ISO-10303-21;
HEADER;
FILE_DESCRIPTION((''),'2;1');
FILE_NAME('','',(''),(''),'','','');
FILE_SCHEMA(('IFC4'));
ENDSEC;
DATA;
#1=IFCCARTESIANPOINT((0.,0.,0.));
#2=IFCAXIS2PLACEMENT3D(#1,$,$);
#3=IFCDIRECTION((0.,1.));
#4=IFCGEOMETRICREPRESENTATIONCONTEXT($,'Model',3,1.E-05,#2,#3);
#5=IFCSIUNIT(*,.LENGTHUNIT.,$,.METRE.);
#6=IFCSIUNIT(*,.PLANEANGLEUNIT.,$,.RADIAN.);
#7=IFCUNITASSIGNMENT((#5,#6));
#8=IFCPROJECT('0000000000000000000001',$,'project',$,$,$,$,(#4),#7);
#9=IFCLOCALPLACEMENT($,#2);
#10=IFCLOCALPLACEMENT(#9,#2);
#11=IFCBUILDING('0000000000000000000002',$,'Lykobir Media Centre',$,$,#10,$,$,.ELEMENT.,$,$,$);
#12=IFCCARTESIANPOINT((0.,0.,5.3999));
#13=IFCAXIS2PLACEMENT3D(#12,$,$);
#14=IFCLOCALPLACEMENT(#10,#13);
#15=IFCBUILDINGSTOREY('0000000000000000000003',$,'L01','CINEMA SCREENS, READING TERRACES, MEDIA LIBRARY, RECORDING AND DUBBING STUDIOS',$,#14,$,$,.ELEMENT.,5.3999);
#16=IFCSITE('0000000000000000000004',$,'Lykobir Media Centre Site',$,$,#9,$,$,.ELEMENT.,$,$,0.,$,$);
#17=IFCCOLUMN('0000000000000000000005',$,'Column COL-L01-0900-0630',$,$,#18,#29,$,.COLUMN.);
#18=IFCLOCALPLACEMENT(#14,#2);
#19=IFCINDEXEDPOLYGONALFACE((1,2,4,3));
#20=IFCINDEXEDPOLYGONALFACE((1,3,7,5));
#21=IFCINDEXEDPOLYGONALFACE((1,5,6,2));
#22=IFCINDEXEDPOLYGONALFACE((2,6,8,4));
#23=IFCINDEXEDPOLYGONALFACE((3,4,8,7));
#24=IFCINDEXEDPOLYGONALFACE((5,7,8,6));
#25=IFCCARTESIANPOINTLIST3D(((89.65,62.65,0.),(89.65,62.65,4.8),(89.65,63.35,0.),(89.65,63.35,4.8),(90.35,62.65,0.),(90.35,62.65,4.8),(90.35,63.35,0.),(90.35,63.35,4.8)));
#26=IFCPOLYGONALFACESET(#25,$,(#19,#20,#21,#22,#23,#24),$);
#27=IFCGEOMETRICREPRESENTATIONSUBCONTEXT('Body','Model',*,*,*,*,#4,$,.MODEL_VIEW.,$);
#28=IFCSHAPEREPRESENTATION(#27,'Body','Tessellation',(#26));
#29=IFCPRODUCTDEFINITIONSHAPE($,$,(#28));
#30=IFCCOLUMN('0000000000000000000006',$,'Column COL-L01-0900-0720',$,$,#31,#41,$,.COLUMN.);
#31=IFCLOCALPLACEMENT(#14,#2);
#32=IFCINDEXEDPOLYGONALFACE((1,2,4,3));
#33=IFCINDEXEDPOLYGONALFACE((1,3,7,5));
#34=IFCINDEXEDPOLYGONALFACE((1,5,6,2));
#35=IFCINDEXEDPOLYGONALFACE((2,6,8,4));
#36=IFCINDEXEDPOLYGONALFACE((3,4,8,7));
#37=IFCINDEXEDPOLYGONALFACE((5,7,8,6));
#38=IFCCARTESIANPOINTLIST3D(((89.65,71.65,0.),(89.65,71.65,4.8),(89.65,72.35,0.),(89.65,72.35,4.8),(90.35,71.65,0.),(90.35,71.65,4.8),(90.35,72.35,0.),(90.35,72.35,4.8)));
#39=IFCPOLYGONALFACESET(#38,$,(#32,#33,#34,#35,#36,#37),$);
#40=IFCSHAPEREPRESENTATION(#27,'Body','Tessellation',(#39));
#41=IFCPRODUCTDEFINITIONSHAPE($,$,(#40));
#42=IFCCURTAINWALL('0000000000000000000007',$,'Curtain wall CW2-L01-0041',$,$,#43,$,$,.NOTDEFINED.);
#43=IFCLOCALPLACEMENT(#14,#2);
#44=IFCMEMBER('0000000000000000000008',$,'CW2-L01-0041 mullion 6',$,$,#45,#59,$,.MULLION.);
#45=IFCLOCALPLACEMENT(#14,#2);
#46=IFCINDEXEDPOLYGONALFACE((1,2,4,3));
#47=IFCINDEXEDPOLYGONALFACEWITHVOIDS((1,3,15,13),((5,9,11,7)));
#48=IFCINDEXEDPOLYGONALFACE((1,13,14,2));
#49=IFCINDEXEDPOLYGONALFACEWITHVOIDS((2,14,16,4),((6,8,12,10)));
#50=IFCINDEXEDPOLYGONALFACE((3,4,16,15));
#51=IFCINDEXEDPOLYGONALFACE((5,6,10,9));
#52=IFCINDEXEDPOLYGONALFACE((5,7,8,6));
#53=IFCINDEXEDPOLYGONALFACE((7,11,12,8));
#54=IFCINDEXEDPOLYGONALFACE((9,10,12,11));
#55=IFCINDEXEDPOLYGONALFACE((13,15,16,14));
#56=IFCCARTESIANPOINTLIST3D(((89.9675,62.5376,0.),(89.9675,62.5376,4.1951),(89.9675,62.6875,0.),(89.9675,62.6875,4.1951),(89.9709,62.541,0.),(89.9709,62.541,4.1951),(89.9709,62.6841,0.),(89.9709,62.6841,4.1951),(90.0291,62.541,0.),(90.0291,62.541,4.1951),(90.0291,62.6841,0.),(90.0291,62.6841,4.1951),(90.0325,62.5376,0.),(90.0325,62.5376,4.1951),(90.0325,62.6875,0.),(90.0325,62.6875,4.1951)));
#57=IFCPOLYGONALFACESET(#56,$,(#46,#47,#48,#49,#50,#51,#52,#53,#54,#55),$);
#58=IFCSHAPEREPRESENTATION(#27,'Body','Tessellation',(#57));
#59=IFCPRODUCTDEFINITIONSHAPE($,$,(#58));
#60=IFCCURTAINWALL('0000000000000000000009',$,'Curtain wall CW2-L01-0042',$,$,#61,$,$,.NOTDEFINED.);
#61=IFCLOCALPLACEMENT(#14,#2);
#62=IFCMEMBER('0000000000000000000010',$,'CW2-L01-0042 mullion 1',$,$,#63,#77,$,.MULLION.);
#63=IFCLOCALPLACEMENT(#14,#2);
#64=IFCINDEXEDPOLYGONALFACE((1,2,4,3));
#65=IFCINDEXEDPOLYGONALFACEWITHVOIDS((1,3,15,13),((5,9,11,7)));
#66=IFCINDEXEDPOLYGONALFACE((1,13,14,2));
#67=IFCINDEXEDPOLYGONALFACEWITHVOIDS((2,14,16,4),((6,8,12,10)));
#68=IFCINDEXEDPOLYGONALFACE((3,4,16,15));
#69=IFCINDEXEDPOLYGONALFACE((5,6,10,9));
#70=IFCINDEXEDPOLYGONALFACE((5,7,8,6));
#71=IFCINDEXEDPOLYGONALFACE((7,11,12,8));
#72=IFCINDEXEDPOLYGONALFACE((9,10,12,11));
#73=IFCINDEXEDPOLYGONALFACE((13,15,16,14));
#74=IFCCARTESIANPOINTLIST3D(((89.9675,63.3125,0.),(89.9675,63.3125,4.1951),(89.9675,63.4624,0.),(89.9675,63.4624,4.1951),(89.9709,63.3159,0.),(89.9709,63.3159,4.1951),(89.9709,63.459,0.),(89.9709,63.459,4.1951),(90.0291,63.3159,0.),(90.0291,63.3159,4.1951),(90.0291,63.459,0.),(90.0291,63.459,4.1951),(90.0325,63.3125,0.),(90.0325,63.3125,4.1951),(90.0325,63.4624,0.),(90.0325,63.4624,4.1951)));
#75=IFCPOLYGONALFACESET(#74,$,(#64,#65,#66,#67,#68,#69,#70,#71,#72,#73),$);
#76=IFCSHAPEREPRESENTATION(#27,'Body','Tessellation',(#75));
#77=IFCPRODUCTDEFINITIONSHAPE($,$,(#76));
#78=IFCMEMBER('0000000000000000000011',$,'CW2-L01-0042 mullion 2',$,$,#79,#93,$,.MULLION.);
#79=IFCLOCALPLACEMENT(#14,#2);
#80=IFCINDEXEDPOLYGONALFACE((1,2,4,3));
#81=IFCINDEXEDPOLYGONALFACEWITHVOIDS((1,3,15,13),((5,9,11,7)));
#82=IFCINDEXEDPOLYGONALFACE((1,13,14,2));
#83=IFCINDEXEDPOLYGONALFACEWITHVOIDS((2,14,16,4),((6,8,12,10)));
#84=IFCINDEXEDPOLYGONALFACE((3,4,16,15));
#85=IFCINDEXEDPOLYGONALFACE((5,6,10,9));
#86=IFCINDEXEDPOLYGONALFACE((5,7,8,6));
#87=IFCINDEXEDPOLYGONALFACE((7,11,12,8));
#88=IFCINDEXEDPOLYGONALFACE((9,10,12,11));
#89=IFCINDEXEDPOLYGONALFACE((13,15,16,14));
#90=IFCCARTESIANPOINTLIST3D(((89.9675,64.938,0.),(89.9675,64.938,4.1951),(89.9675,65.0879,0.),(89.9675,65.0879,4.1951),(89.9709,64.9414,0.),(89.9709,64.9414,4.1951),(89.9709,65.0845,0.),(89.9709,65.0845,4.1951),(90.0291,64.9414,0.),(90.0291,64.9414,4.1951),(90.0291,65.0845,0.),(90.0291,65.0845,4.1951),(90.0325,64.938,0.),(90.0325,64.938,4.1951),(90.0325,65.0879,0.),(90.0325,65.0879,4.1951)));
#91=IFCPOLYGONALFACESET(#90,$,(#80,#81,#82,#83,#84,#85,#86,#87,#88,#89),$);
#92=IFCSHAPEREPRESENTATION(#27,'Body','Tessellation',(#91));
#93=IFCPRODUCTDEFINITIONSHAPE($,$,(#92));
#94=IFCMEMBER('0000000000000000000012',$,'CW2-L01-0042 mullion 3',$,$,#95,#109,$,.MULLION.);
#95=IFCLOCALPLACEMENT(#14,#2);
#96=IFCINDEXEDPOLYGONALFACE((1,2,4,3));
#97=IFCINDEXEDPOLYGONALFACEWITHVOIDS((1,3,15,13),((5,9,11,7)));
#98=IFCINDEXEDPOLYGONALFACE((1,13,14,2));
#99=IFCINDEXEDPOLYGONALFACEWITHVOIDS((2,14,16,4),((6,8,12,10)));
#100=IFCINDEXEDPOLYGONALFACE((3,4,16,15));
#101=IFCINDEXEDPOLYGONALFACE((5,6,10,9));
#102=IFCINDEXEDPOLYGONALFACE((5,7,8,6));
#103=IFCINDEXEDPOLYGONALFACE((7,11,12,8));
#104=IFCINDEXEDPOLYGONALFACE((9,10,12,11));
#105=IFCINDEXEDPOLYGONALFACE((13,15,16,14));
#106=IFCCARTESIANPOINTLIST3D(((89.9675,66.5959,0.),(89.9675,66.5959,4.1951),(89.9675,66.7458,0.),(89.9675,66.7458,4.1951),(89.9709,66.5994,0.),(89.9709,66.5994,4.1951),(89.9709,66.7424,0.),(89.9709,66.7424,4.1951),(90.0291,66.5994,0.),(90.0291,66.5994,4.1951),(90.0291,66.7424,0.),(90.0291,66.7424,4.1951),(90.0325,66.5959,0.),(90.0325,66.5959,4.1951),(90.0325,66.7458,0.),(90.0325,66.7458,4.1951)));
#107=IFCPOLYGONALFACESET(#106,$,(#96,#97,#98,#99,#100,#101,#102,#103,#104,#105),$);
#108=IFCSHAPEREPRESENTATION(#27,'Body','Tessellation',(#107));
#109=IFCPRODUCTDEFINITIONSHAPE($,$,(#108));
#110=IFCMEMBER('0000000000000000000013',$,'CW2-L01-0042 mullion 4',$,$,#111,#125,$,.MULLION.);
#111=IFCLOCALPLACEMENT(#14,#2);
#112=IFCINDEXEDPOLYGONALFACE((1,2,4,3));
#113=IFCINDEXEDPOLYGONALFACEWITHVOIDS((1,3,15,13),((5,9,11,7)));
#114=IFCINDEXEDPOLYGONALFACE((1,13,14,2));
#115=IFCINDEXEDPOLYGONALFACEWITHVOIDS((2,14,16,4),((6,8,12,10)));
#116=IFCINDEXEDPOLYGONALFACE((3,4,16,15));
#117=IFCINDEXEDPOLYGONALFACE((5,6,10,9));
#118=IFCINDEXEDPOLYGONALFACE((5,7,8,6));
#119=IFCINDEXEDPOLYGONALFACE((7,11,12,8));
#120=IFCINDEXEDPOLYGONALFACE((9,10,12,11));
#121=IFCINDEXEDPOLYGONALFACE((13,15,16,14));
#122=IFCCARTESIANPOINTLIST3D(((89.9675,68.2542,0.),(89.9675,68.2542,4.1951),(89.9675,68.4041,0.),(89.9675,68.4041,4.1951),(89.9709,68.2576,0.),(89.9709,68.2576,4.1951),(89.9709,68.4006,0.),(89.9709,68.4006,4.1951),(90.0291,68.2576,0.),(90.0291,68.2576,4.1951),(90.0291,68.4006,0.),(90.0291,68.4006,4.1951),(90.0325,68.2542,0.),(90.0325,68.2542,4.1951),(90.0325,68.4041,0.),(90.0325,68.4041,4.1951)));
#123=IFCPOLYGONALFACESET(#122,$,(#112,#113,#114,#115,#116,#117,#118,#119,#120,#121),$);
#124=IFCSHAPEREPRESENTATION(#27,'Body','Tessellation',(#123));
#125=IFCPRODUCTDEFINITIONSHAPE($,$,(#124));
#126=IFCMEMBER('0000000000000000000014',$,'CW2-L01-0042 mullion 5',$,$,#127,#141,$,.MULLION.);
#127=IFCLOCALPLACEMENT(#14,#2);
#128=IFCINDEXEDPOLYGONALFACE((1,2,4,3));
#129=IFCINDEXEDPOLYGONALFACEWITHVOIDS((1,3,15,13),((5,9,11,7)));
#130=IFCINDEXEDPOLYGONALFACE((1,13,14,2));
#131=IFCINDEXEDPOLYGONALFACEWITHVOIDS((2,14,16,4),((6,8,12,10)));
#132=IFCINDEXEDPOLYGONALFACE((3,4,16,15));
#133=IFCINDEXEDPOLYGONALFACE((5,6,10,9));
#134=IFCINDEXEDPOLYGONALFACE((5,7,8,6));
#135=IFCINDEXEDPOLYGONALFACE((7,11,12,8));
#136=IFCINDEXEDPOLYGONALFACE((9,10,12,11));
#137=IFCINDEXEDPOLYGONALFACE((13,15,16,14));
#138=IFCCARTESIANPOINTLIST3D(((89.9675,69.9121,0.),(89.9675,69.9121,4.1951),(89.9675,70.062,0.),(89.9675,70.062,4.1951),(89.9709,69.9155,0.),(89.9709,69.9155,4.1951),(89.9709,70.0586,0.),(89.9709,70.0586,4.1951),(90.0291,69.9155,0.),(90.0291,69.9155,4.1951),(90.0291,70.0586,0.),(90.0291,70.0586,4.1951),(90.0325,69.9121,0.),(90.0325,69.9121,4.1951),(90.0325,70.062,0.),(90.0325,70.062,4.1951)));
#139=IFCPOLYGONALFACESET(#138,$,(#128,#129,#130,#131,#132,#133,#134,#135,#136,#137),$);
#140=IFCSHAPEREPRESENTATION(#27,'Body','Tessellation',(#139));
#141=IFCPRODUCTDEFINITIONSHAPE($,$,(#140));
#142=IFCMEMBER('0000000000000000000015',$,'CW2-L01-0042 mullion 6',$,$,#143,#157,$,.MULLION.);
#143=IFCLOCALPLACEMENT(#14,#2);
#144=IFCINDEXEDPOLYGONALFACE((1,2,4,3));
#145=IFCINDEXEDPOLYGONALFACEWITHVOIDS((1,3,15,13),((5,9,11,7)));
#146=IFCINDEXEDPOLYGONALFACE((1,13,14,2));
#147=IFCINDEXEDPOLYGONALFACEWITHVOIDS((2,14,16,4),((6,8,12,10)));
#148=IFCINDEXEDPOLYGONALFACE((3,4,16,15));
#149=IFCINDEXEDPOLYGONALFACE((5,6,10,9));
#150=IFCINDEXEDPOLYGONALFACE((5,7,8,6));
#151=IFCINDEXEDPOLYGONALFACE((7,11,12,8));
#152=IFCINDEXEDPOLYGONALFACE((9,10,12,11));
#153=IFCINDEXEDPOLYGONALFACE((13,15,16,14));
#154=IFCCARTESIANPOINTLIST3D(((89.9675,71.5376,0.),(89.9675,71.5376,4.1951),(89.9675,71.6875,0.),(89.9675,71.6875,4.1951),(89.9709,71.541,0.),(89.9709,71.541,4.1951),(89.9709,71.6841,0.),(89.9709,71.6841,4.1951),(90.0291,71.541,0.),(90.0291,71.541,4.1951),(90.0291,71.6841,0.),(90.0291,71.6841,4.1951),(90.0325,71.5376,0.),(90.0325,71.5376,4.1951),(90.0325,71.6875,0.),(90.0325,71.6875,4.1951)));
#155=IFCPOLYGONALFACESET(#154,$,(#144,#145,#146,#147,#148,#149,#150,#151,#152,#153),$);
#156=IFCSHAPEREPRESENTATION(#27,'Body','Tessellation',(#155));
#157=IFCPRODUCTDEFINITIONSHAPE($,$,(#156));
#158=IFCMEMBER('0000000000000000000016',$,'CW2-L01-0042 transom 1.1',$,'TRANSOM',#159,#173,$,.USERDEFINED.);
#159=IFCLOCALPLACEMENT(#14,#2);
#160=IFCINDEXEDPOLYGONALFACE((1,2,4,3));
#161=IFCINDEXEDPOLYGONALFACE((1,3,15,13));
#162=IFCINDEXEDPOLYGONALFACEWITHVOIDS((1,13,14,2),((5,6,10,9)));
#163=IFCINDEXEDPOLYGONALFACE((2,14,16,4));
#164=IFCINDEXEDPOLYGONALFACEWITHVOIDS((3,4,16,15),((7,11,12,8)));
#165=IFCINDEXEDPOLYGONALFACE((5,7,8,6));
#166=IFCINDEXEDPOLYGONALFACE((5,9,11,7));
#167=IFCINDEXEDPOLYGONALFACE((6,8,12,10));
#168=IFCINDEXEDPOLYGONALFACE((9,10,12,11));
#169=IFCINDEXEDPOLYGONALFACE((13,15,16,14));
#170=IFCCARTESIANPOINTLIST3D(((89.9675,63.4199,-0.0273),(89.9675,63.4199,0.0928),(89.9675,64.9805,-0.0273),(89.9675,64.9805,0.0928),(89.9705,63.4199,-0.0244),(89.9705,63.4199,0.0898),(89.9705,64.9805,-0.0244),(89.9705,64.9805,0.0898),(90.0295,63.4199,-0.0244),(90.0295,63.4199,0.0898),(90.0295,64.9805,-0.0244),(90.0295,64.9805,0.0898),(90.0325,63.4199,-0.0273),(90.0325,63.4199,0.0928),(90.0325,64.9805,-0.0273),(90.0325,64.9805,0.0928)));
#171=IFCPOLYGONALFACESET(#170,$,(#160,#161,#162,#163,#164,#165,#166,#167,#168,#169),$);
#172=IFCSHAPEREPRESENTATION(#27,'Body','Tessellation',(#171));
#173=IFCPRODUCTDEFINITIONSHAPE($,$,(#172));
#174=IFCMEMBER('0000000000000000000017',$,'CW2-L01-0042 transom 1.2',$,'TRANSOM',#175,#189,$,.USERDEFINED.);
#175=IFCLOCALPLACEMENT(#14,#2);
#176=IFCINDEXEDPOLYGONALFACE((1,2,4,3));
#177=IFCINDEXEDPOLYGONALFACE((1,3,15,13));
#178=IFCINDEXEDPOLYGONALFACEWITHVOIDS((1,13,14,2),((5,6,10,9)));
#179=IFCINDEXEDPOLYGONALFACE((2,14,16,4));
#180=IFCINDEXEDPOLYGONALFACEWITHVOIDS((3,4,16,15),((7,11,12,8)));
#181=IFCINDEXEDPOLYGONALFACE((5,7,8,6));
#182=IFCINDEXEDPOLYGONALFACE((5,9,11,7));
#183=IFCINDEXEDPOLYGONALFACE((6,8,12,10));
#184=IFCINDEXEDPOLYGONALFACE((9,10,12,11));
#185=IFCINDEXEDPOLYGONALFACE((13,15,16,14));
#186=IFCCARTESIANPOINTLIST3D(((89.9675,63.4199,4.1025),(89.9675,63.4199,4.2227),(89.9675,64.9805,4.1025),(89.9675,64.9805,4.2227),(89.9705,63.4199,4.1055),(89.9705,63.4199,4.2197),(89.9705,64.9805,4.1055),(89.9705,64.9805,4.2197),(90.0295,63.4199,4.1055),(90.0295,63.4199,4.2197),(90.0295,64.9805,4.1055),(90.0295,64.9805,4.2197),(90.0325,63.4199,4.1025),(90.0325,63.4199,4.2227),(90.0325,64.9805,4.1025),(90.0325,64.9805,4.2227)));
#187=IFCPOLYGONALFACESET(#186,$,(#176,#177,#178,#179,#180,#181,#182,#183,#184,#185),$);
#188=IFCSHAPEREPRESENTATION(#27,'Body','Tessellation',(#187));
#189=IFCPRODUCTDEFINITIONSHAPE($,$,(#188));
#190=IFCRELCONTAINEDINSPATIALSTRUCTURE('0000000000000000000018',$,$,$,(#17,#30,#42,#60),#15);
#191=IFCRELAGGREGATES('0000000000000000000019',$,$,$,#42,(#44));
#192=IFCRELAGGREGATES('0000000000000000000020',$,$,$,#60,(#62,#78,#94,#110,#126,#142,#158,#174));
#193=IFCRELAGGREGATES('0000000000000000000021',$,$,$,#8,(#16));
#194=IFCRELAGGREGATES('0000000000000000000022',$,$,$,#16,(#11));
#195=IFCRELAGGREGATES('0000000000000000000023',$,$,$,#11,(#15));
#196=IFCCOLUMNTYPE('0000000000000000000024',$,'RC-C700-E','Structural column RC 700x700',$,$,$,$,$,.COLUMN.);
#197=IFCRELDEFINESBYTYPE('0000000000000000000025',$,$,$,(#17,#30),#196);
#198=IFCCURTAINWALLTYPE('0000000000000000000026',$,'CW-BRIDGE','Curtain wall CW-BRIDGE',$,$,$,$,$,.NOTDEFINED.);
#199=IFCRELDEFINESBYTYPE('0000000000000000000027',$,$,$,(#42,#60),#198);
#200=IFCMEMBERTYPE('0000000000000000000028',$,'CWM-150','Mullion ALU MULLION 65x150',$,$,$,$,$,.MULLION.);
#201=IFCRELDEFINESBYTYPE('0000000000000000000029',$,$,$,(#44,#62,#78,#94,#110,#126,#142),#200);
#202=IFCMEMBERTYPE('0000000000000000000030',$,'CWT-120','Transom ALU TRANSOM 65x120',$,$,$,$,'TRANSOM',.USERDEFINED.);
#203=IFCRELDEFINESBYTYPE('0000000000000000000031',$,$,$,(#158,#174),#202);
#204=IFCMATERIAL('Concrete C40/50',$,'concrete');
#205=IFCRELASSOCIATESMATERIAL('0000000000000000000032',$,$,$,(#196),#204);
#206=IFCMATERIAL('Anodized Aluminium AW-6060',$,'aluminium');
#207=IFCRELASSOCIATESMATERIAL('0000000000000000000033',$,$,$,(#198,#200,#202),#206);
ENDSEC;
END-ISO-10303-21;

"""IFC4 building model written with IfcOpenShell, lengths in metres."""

from ifc_helpers import new_model, si_unit, direction, frame, origin, origin_2d, place, context, subcontext, project, spatial, rectangle, hollow_rectangle, extrude, material, material_profile, profile_set, type_object, element, aggregate, save


model = new_model("IFC4")

# Units and contexts
model_context = context("Model", 3, precision=1e-05, world=origin(), true_north=direction((0.0, 1.0)))
body_context = subcontext(model_context, "Body", "Model", "MODEL_VIEW")
ifc_project = project(units=[si_unit("LENGTHUNIT", "METRE"), si_unit("PLANEANGLEUNIT", "RADIAN")], contexts=[model_context])

# Site, building, storey
site_placement = place(None, origin())
site = spatial("IfcSite", under=ifc_project, at=site_placement, Name="Lykobir Media Centre Site", CompositionType="ELEMENT", RefElevation=0.0)
building_placement = place(site_placement, origin())
building = spatial("IfcBuilding", under=site, at=building_placement, Name="Lykobir Media Centre", CompositionType="ELEMENT")
storey_placement = place(building_placement, frame((0.0, 0.0, 5.3999)))
storey = spatial("IfcBuildingStorey", under=building, at=storey_placement, Name="L01", Description="CINEMA SCREENS, READING TERRACES, MEDIA LIBRARY, RECORDING AND DUBBING STUDIOS", CompositionType="ELEMENT", Elevation=5.3999)

# Columns
ifc_material_1 = material(Name="Concrete C40/50", Category="concrete")
ifc_material_profile_1 = material_profile(ifc_material_1, rectangle(XDim=0.7, YDim=0.7, at=origin_2d()), Name="RC 700x700")
ifc_profile_set_1 = profile_set([ifc_material_profile_1], Name="Concrete C40/50")
column_type = type_object("IfcColumnType", Name="RC-C700-E", Description="Structural column RC 700x700", PredefinedType="COLUMN", material=ifc_profile_set_1)
for number, where, z_axis, x_axis, name in (
    (1, (90.0, 63.0, 0.0), (0.0, 0.0, 1.0), (1.0, 0.0, 0.0), "Column COL-L01-0900-0630"),
    (2, (90.0, 72.0, 0.0), (0.0, 0.0, 1.0), (1.0, 0.0, 0.0), "Column COL-L01-0900-0720"),
):
    element("IfcColumn", number, at=place(storey_placement, frame(where, z_axis=z_axis, x_axis=x_axis)), inside=storey, type_object=column_type, Name=name, PredefinedType="COLUMN", context=body_context, shape_type="SweptSolid", body=[
        extrude(rectangle(XDim=0.7, YDim=0.7, at=origin_2d()), origin(), (0.0, 0.0, 1.0), 4.8),
    ])

# Curtain wall, member
ifc_material_2 = material(Name="Anodized Aluminium AW-6060", Category="aluminium")
curtain_wall_type_1 = type_object("IfcCurtainWallType", Name="CW-BRIDGE", Description="Curtain wall CW-BRIDGE", PredefinedType="NOTDEFINED", material=ifc_material_2)
curtain_wall_1_placement = place(storey_placement, origin())
curtain_wall_1 = element("IfcCurtainWall", 3, at=curtain_wall_1_placement, inside=storey, type_object=curtain_wall_type_1, Name="Curtain wall CW2-L01-0041", PredefinedType="NOTDEFINED")
ifc_material_profile_2 = material_profile(ifc_material_2, hollow_rectangle(XDim=0.0649, YDim=0.1499, WallThickness=0.0034, at=origin_2d()), Name="ALU MULLION 65x150")
ifc_profile_set_2 = profile_set([ifc_material_profile_2], Name="Anodized Aluminium AW-6060")
member_type_1 = type_object("IfcMemberType", Name="CWM-150", Description="Mullion ALU MULLION 65x150", PredefinedType="MULLION", material=ifc_profile_set_2)
member_1_placement = place(storey_placement, frame((90.0, 62.6125, 0.0), z_axis=(0.0, 0.0, 1.0), x_axis=(-1.0, 0.0, 0.0)))
member_1 = element("IfcMember", 4, at=member_1_placement, type_object=member_type_1, Name="CW2-L01-0041 mullion 6", PredefinedType="MULLION", context=body_context, shape_type="SweptSolid", body=[
    extrude(hollow_rectangle(XDim=0.0649, YDim=0.1499, WallThickness=0.0034, at=origin_2d()), origin(), (0.0, 0.0, 1.0), 4.1951),
])
aggregate(curtain_wall_1, [member_1])

# Curtain wall, members
curtain_wall_2_placement = place(storey_placement, origin())
curtain_wall_2 = element("IfcCurtainWall", 5, at=curtain_wall_2_placement, inside=storey, type_object=curtain_wall_type_1, Name="Curtain wall CW2-L01-0042", PredefinedType="NOTDEFINED")
member_2_placement = place(storey_placement, frame((90.0, 63.3875, 0.0), z_axis=(0.0, 0.0, 1.0), x_axis=(-1.0, 0.0, 0.0)))
member_2 = element("IfcMember", 6, at=member_2_placement, type_object=member_type_1, Name="CW2-L01-0042 mullion 1", PredefinedType="MULLION", context=body_context, shape_type="SweptSolid", body=[
    extrude(hollow_rectangle(XDim=0.0649, YDim=0.1499, WallThickness=0.0034, at=origin_2d()), origin(), (0.0, 0.0, 1.0), 4.1951),
])
member_3_placement = place(storey_placement, frame((90.0, 65.0129, 0.0), z_axis=(0.0, 0.0, 1.0), x_axis=(-1.0, 0.0, 0.0)))
member_3 = element("IfcMember", 7, at=member_3_placement, type_object=member_type_1, Name="CW2-L01-0042 mullion 2", PredefinedType="MULLION", context=body_context, shape_type="SweptSolid", body=[
    extrude(hollow_rectangle(XDim=0.0649, YDim=0.1499, WallThickness=0.0034, at=origin_2d()), origin(), (0.0, 0.0, 1.0), 4.1951),
])
member_4_placement = place(storey_placement, frame((90.0, 66.6709, 0.0), z_axis=(0.0, 0.0, 1.0), x_axis=(-1.0, 0.0, 0.0)))
member_4 = element("IfcMember", 8, at=member_4_placement, type_object=member_type_1, Name="CW2-L01-0042 mullion 3", PredefinedType="MULLION", context=body_context, shape_type="SweptSolid", body=[
    extrude(hollow_rectangle(XDim=0.0649, YDim=0.1499, WallThickness=0.0034, at=origin_2d()), origin(), (0.0, 0.0, 1.0), 4.1951),
])
member_5_placement = place(storey_placement, frame((90.0, 68.3291, 0.0), z_axis=(0.0, 0.0, 1.0), x_axis=(-1.0, 0.0, 0.0)))
member_5 = element("IfcMember", 9, at=member_5_placement, type_object=member_type_1, Name="CW2-L01-0042 mullion 4", PredefinedType="MULLION", context=body_context, shape_type="SweptSolid", body=[
    extrude(hollow_rectangle(XDim=0.0649, YDim=0.1499, WallThickness=0.0034, at=origin_2d()), origin(), (0.0, 0.0, 1.0), 4.1951),
])
member_6_placement = place(storey_placement, frame((90.0, 69.9871, 0.0), z_axis=(0.0, 0.0, 1.0), x_axis=(-1.0, 0.0, 0.0)))
member_6 = element("IfcMember", 10, at=member_6_placement, type_object=member_type_1, Name="CW2-L01-0042 mullion 5", PredefinedType="MULLION", context=body_context, shape_type="SweptSolid", body=[
    extrude(hollow_rectangle(XDim=0.0649, YDim=0.1499, WallThickness=0.0034, at=origin_2d()), origin(), (0.0, 0.0, 1.0), 4.1951),
])
member_7_placement = place(storey_placement, frame((90.0, 71.6125, 0.0), z_axis=(0.0, 0.0, 1.0), x_axis=(-1.0, 0.0, 0.0)))
member_7 = element("IfcMember", 11, at=member_7_placement, type_object=member_type_1, Name="CW2-L01-0042 mullion 6", PredefinedType="MULLION", context=body_context, shape_type="SweptSolid", body=[
    extrude(hollow_rectangle(XDim=0.0649, YDim=0.1499, WallThickness=0.0034, at=origin_2d()), origin(), (0.0, 0.0, 1.0), 4.1951),
])
ifc_material_profile_3 = material_profile(ifc_material_2, hollow_rectangle(XDim=0.0649, YDim=0.1201, WallThickness=0.0029, at=origin_2d()), Name="ALU TRANSOM 65x120")
ifc_profile_set_3 = profile_set([ifc_material_profile_3], Name="Anodized Aluminium AW-6060")
member_type_2 = type_object("IfcMemberType", Name="CWT-120", Description="Transom ALU TRANSOM 65x120", ElementType="TRANSOM", PredefinedType="USERDEFINED", material=ifc_profile_set_3)
member_8_placement = place(storey_placement, frame((90.0, 63.4199, 0.0327), z_axis=(0.0, 1.0, 0.0), x_axis=(-1.0, 0.0, 0.0)))
member_8 = element("IfcMember", 12, at=member_8_placement, type_object=member_type_2, Name="CW2-L01-0042 transom 1.1", ObjectType="TRANSOM", PredefinedType="USERDEFINED", context=body_context, shape_type="SweptSolid", body=[
    extrude(hollow_rectangle(XDim=0.0649, YDim=0.1201, WallThickness=0.0029, at=origin_2d()), origin(), (0.0, 0.0, 1.0), 1.5605),
])
member_9_placement = place(storey_placement, frame((90.0, 63.4199, 4.1626), z_axis=(0.0, 1.0, 0.0), x_axis=(-1.0, 0.0, 0.0)))
member_9 = element("IfcMember", 13, at=member_9_placement, type_object=member_type_2, Name="CW2-L01-0042 transom 1.2", ObjectType="TRANSOM", PredefinedType="USERDEFINED", context=body_context, shape_type="SweptSolid", body=[
    extrude(hollow_rectangle(XDim=0.0649, YDim=0.1201, WallThickness=0.0029, at=origin_2d()), origin(), (0.0, 0.0, 1.0), 1.5605),
])

aggregate(curtain_wall_2, [member_2, member_3, member_4, member_5, member_6, member_7, member_8, member_9])

save(model, "model.ifc")
